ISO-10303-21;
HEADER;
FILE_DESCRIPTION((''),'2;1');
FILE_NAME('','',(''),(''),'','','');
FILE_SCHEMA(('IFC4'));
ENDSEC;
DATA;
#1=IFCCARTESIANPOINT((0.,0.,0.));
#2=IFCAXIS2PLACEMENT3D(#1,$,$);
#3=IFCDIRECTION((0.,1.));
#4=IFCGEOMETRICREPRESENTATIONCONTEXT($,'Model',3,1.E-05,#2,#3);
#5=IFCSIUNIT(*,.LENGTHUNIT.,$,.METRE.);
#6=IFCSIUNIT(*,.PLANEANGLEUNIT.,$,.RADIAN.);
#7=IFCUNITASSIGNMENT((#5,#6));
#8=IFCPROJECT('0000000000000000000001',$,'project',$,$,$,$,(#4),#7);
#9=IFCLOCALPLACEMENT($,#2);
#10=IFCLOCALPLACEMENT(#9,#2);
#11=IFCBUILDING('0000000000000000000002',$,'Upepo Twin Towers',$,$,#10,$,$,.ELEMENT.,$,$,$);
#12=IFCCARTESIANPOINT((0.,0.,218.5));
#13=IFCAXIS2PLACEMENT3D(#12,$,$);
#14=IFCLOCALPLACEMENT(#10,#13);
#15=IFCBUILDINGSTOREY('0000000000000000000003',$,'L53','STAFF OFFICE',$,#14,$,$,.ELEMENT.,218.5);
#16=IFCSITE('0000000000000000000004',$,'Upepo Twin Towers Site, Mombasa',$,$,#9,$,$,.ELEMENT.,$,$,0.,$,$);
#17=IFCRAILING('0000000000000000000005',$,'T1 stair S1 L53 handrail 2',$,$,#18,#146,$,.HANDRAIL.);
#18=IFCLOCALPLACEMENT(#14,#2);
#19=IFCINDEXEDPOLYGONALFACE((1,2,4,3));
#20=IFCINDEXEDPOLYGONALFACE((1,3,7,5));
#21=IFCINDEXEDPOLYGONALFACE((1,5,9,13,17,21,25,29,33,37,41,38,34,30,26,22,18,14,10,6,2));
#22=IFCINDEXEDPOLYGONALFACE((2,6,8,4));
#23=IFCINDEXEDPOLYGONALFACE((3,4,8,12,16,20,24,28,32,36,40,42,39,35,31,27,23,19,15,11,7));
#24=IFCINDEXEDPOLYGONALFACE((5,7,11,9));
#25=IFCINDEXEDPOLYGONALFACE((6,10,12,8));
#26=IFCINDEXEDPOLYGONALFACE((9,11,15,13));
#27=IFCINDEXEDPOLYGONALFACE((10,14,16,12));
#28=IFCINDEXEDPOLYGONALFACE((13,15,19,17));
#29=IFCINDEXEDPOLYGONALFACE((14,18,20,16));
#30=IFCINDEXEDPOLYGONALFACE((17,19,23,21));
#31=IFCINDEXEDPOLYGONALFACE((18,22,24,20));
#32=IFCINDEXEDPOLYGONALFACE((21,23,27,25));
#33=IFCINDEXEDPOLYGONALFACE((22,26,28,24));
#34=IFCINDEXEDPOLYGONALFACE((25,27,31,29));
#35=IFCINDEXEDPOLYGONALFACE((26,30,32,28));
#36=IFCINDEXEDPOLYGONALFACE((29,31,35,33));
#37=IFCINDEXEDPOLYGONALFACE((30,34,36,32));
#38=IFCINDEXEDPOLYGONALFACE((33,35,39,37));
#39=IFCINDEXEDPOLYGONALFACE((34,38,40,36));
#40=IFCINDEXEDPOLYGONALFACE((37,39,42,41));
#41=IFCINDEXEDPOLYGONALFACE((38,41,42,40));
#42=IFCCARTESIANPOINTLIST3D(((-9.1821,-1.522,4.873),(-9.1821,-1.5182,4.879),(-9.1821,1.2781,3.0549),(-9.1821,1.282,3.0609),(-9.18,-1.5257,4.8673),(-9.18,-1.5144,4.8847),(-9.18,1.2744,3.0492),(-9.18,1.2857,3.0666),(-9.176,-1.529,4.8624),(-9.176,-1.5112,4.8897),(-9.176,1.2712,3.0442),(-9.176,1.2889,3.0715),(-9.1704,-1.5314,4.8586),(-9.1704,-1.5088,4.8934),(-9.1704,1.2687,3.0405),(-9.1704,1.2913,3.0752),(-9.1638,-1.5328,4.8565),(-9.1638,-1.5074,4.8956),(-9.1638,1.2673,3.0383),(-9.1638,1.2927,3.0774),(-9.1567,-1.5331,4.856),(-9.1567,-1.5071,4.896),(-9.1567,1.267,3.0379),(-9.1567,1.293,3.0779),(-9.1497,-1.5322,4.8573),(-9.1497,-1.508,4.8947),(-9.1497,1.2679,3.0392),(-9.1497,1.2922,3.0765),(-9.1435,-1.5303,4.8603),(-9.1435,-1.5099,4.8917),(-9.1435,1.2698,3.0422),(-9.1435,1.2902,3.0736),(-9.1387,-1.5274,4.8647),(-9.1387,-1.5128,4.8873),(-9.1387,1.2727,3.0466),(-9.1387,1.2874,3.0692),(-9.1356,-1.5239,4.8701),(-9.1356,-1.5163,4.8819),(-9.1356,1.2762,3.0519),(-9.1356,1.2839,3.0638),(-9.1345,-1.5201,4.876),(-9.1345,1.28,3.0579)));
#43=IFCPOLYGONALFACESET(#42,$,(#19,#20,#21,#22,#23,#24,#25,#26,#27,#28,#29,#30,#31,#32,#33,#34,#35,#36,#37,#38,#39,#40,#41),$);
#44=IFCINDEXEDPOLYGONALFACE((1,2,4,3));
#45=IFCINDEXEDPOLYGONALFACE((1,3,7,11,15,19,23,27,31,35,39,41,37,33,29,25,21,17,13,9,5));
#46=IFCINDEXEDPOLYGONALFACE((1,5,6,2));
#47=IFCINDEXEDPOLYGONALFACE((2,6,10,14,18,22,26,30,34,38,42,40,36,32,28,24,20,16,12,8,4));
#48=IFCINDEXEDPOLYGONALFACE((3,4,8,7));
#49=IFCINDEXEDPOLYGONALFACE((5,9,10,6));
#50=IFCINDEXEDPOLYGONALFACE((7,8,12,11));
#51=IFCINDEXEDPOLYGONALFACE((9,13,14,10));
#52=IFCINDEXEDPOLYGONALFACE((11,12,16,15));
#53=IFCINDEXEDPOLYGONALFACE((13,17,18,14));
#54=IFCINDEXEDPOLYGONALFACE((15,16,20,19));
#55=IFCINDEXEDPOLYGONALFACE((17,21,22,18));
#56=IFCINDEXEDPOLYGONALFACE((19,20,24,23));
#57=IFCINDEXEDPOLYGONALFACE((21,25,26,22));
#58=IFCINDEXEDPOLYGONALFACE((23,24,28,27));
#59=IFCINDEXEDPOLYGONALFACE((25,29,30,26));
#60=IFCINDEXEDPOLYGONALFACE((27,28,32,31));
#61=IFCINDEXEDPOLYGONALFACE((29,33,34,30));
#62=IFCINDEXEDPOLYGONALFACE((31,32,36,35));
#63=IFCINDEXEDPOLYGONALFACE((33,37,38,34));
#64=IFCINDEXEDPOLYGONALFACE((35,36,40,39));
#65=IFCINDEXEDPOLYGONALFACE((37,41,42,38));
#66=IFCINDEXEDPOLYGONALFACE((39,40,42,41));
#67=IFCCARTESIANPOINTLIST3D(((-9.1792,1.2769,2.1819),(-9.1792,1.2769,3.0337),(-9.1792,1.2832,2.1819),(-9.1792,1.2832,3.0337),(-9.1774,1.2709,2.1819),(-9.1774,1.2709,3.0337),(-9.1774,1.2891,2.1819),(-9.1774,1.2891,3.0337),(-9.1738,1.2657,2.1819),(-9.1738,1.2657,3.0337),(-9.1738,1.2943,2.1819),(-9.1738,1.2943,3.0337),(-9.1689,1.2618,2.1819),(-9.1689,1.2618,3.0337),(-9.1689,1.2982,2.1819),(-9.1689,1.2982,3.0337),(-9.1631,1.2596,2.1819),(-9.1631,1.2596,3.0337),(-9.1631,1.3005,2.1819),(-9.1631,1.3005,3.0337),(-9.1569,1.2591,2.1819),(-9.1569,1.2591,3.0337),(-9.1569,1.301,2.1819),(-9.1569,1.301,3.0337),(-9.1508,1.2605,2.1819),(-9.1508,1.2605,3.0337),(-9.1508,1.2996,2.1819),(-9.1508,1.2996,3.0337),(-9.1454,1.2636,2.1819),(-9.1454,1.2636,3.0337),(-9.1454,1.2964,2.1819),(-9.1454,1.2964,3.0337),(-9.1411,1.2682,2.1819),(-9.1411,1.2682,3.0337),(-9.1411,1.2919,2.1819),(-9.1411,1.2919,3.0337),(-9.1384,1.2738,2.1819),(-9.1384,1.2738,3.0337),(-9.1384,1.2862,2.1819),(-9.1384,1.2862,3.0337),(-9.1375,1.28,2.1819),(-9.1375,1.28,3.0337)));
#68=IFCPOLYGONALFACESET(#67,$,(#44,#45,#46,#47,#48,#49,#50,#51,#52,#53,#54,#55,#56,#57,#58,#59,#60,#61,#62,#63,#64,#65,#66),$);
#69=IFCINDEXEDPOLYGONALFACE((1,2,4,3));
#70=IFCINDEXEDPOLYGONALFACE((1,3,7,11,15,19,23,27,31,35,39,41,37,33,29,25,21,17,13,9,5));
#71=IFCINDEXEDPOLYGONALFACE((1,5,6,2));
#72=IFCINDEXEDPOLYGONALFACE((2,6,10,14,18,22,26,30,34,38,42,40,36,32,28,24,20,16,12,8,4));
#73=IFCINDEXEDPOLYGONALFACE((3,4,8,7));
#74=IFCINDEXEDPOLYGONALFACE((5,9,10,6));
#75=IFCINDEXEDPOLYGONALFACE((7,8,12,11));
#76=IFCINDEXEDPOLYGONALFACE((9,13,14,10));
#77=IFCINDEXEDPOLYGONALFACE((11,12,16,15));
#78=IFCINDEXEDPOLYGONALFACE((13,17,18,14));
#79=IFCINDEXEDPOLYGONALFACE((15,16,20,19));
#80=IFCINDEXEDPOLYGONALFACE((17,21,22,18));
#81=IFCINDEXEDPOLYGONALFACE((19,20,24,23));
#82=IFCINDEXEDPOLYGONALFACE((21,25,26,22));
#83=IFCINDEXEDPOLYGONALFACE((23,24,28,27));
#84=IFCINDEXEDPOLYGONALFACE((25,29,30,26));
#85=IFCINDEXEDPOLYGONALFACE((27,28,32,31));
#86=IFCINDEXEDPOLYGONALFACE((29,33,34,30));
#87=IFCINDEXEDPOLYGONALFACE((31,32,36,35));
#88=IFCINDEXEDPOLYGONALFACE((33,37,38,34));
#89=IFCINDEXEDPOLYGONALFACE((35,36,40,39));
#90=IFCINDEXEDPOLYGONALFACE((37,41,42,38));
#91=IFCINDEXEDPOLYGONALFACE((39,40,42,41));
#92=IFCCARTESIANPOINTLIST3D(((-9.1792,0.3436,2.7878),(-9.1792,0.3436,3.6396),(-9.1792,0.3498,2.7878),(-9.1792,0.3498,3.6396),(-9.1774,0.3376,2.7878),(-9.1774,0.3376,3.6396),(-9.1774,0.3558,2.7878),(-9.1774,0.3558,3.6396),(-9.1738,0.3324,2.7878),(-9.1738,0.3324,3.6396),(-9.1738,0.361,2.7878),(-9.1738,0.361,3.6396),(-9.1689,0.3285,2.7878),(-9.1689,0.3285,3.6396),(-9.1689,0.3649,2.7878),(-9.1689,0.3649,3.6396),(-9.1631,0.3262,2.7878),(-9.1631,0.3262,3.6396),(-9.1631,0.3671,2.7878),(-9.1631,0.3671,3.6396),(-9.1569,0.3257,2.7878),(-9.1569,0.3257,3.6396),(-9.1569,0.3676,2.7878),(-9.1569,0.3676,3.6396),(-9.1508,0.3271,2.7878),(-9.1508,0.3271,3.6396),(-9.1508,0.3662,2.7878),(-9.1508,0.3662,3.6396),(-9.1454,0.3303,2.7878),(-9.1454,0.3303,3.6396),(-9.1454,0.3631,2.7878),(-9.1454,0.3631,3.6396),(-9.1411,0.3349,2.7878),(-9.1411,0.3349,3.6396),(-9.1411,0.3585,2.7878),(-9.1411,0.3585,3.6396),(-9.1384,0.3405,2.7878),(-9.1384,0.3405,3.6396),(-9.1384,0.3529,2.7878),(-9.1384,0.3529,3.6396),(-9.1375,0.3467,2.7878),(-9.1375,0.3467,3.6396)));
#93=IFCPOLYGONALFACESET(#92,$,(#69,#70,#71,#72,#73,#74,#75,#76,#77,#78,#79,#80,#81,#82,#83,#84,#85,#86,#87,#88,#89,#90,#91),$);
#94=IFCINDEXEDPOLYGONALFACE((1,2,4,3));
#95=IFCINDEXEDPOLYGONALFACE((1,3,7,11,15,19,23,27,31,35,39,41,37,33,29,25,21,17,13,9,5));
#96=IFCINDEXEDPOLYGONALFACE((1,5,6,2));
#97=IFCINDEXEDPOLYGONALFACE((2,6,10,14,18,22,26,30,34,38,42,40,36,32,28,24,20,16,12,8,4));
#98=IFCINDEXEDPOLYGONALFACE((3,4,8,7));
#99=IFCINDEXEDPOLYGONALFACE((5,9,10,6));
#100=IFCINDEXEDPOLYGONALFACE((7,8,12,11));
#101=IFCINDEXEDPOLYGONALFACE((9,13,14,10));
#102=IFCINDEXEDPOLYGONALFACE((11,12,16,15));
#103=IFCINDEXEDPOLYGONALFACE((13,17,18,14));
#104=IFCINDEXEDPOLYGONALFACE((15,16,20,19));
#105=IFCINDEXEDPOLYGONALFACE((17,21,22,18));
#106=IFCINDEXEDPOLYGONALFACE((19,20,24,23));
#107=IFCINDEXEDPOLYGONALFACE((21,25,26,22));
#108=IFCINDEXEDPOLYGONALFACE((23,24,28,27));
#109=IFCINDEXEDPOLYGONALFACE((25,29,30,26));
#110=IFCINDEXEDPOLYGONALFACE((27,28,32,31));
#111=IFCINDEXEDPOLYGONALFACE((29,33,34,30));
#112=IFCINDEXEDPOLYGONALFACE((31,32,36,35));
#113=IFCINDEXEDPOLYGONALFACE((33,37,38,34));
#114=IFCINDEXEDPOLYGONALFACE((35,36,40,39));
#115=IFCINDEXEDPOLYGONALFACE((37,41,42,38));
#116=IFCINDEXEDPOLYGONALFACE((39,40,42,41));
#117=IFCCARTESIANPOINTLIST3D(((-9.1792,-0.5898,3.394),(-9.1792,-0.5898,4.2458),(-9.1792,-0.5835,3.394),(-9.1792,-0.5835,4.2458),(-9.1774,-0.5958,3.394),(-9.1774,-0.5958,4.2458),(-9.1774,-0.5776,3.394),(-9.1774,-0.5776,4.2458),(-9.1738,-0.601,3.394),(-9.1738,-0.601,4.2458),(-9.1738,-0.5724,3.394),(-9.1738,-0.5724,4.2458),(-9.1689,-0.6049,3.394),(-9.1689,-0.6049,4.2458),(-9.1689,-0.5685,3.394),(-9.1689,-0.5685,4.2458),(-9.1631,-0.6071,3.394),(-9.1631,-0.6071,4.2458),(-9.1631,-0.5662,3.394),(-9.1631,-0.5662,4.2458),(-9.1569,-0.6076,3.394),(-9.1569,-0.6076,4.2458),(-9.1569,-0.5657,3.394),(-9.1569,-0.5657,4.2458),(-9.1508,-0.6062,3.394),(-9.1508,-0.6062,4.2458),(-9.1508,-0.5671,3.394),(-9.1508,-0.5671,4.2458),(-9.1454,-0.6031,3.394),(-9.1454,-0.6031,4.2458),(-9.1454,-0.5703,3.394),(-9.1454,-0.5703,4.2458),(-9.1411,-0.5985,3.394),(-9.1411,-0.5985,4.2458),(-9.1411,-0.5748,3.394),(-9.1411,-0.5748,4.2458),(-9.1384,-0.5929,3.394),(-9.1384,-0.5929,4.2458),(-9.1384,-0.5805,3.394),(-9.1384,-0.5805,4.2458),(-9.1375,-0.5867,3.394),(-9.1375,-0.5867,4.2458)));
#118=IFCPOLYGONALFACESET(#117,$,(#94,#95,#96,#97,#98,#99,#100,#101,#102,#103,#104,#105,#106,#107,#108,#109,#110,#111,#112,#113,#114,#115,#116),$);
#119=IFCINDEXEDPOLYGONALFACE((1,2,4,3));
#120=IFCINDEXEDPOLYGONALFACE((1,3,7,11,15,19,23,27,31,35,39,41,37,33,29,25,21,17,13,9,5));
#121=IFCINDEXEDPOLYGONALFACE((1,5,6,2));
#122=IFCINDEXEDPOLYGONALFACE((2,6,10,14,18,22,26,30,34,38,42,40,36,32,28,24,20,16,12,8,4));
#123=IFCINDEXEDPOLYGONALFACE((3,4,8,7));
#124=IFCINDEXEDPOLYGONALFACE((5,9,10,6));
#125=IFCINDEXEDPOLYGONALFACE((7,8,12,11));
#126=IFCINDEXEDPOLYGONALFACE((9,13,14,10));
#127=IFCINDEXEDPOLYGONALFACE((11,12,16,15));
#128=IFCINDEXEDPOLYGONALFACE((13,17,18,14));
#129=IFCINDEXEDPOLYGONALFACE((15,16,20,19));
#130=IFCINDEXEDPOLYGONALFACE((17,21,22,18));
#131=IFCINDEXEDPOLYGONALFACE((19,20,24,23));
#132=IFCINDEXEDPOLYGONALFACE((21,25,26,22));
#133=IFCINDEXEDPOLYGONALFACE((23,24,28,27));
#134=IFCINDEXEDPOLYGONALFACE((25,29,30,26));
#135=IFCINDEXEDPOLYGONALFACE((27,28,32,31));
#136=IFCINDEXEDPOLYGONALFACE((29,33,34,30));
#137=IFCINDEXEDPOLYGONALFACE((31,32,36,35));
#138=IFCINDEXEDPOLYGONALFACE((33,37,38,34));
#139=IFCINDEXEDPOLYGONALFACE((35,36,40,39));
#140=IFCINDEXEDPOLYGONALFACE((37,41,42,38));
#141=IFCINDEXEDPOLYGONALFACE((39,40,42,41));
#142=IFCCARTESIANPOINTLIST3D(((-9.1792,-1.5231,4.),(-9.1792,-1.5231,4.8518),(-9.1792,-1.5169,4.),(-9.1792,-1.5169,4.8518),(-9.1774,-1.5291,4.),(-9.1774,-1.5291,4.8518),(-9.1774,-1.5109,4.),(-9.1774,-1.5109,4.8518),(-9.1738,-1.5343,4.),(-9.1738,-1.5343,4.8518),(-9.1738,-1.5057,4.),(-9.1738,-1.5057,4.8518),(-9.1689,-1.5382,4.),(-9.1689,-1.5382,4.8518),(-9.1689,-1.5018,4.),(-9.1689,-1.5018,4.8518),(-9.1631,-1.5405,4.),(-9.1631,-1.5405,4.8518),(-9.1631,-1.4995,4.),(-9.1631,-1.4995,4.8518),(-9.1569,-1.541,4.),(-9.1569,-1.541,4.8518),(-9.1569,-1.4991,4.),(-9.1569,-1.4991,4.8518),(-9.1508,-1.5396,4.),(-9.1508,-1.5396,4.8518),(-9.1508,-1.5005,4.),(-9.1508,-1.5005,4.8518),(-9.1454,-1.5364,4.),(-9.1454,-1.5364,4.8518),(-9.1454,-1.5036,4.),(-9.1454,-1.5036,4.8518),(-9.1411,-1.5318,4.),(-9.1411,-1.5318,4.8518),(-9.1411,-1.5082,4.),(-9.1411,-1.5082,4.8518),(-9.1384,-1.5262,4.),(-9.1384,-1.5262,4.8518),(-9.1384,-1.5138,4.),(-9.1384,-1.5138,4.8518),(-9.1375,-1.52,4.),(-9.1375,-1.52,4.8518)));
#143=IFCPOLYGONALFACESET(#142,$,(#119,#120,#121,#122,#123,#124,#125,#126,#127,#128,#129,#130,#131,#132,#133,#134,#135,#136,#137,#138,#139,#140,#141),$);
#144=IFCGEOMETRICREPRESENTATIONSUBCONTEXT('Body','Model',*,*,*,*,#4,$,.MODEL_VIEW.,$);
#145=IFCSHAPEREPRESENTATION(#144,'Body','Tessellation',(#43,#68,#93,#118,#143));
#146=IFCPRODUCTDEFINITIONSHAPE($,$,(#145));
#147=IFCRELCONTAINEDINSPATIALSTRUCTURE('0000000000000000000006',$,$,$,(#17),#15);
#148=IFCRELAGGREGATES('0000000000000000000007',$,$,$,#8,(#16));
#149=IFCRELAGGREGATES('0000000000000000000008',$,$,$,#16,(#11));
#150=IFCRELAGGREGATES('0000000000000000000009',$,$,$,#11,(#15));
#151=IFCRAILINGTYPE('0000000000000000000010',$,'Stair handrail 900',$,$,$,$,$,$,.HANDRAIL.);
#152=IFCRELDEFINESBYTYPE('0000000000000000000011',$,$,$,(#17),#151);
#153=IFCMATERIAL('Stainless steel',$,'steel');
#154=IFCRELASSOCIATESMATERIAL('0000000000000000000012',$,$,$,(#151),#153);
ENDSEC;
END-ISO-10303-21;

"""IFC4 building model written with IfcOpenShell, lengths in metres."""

from ifc_helpers import new_model, si_unit, direction, frame, origin, origin_2d, place, context, subcontext, project, spatial, circle, extrude, material, type_object, element, save


model = new_model("IFC4")

# Units and contexts
model_context = context("Model", 3, precision=1e-05, world=origin(), true_north=direction((0.0, 1.0)))
body_context = subcontext(model_context, "Body", "Model", "MODEL_VIEW")
ifc_project = project(units=[si_unit("LENGTHUNIT", "METRE"), si_unit("PLANEANGLEUNIT", "RADIAN")], contexts=[model_context])

# Site, building, storey
site_placement = place(None, origin())
site = spatial("IfcSite", under=ifc_project, at=site_placement, Name="Upepo Twin Towers Site, Mombasa", CompositionType="ELEMENT", RefElevation=0.0)
building_placement = place(site_placement, origin())
building = spatial("IfcBuilding", under=site, at=building_placement, Name="Upepo Twin Towers", CompositionType="ELEMENT")
storey_placement = place(building_placement, frame((0.0, 0.0, 218.5)))
storey = spatial("IfcBuildingStorey", under=building, at=storey_placement, Name="L53", Description="STAFF OFFICE", CompositionType="ELEMENT", Elevation=218.5)

# Railing
ifc_material_1 = material(Name="Stainless steel", Category="steel")
railing_type = type_object("IfcRailingType", Name="Stair handrail 900", PredefinedType="HANDRAIL", material=ifc_material_1)
railing_placement = place(storey_placement, frame((-9.1584, 1.28, 2.1819)))
element("IfcRailing", 1, at=railing_placement, inside=storey, type_object=railing_type, Name="T1 stair S1 L53 handrail 2", PredefinedType="HANDRAIL", context=body_context, shape_type="SweptSolid", body=[
    extrude(circle(Radius=0.0239, at=origin_2d()), frame((0.0, 0.0, 0.876), z_axis=(0.0, -0.838706, 0.544585), x_axis=(1.0, 0.0, 0.0)), (0.0, 0.0, 1.0), 3.3386),
    extrude(circle(Radius=0.021, at=origin_2d()), origin(), (0.0, 0.0, 1.0), 0.8518),
    extrude(circle(Radius=0.021, at=origin_2d()), frame((0.0, -0.9333, 0.606)), (0.0, 0.0, 1.0), 0.8518),
    extrude(circle(Radius=0.021, at=origin_2d()), frame((0.0, -1.8667, 1.2122)), (0.0, 0.0, 1.0), 0.8518),
    extrude(circle(Radius=0.021, at=origin_2d()), frame((0.0, -2.8, 1.8181)), (0.0, 0.0, 1.0), 0.8518),
])

save(model, "model.ifc")
